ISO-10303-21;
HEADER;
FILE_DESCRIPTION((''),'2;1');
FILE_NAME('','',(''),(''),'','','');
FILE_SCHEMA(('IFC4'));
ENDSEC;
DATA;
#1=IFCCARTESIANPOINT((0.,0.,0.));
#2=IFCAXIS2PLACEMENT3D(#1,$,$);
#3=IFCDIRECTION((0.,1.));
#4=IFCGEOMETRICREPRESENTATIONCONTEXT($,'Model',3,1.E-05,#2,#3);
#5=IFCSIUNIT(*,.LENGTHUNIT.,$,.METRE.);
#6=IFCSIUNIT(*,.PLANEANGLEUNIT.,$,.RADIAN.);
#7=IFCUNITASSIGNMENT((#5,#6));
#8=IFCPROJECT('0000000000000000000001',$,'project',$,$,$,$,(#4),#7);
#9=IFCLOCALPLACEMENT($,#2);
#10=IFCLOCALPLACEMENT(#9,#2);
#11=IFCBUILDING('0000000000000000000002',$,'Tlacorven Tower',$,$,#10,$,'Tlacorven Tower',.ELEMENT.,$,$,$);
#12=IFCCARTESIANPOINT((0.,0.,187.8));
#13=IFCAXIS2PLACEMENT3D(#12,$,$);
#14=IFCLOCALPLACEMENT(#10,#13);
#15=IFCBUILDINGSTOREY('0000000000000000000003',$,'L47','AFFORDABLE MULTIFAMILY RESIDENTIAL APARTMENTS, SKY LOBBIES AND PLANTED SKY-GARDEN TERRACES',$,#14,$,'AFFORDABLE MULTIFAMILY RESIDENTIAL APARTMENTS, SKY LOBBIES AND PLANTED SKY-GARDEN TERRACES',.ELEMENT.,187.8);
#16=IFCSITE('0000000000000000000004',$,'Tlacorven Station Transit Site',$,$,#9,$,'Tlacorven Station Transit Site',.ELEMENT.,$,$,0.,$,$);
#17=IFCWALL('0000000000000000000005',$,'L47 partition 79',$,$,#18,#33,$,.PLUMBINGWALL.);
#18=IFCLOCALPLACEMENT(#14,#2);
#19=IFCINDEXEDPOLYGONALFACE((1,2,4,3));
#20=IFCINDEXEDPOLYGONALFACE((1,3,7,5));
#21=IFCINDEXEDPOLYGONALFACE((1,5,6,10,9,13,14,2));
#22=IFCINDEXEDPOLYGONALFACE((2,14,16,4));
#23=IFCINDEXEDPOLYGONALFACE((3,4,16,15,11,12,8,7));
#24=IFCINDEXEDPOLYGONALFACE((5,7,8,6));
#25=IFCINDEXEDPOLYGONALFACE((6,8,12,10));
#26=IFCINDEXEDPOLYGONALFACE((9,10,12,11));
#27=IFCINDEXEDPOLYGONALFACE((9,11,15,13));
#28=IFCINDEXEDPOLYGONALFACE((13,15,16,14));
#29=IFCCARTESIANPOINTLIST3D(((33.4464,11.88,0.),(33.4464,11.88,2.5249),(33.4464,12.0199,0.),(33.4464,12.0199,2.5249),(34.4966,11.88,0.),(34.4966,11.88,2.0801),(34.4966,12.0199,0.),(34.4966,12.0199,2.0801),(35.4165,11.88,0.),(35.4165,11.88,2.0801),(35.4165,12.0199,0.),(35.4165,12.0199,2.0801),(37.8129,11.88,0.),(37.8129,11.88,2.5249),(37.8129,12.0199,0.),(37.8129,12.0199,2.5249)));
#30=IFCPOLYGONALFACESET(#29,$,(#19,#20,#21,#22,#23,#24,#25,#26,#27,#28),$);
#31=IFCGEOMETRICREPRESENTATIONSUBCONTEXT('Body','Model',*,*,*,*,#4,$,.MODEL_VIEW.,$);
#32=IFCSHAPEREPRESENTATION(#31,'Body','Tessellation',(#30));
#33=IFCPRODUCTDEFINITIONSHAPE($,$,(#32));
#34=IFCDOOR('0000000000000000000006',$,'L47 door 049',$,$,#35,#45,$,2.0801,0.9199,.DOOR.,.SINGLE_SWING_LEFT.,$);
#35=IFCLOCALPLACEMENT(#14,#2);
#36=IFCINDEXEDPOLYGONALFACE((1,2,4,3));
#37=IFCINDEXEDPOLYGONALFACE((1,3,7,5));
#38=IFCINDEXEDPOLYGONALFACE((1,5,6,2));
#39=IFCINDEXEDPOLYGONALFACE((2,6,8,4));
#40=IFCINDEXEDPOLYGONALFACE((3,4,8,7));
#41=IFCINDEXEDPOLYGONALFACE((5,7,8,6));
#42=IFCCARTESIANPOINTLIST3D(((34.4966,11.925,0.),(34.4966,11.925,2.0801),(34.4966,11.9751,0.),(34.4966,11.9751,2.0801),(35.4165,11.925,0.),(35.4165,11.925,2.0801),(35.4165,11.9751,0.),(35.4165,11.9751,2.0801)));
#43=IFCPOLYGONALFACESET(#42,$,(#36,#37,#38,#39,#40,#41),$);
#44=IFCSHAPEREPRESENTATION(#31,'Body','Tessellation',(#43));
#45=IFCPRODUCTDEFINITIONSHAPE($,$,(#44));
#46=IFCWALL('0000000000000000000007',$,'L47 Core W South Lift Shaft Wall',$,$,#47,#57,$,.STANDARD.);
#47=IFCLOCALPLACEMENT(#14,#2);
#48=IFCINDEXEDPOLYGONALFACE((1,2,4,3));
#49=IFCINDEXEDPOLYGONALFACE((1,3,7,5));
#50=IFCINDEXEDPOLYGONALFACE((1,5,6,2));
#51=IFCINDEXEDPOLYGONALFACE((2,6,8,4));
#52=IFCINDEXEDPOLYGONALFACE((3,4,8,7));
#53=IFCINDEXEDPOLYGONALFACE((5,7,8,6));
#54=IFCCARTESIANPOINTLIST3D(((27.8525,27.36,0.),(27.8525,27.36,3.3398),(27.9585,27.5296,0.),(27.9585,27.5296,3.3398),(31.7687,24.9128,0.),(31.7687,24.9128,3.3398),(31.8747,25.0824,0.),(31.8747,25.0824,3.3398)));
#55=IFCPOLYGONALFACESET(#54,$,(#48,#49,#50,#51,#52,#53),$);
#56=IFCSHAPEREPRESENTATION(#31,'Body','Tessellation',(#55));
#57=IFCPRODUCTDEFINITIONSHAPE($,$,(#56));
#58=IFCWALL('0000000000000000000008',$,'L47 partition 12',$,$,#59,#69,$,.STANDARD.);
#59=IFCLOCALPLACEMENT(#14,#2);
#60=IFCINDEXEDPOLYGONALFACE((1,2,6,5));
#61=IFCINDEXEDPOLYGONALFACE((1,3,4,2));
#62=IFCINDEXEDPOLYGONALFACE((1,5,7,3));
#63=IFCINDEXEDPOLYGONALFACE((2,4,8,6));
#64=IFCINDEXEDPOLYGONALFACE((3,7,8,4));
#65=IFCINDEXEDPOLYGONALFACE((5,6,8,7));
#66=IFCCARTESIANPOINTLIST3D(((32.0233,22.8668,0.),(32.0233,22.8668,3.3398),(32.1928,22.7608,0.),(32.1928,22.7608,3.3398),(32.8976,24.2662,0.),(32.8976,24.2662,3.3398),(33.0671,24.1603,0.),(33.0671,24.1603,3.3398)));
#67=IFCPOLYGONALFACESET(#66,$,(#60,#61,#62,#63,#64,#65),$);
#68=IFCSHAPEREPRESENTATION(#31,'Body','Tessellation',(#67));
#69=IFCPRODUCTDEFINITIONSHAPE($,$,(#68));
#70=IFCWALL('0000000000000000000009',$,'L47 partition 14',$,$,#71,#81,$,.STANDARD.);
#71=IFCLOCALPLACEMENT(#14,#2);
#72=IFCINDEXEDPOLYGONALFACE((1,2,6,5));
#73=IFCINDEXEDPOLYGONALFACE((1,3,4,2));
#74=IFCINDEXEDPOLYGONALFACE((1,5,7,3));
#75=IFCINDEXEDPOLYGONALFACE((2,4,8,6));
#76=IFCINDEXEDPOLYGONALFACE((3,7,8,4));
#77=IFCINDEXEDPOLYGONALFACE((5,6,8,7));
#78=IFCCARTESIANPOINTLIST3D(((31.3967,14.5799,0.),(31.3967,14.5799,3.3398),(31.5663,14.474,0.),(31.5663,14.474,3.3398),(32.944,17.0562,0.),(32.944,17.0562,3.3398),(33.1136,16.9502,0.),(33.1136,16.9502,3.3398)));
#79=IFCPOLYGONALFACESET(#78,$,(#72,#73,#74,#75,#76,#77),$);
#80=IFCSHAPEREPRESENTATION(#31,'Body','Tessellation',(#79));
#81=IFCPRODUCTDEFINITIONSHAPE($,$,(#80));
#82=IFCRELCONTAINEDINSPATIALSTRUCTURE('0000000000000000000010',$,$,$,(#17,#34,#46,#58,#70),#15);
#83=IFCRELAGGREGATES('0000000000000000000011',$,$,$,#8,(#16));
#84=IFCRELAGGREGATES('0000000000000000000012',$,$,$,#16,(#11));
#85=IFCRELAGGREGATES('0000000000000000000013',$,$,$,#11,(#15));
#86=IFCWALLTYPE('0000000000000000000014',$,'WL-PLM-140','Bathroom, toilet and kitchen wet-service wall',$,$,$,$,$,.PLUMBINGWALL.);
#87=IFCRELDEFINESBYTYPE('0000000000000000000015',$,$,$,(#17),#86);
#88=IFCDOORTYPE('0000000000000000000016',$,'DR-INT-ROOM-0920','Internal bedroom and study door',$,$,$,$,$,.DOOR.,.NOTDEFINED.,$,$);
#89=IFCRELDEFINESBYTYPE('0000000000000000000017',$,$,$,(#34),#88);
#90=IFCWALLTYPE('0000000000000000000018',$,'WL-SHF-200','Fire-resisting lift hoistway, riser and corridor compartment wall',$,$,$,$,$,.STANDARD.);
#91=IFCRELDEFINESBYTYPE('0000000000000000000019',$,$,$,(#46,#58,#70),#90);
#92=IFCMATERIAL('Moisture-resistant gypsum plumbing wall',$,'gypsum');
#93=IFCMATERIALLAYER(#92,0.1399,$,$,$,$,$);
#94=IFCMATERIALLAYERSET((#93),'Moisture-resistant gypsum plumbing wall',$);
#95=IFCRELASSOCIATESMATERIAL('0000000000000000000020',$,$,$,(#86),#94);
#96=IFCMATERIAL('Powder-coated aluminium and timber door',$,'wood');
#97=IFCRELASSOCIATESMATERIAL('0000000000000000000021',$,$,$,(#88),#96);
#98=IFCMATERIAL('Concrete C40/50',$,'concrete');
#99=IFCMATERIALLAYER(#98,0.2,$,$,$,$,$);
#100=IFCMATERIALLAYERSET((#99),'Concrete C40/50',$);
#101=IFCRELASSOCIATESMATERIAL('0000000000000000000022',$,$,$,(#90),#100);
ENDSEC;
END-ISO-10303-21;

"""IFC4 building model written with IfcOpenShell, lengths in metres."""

from ifc_helpers import new_model, si_unit, direction, frame, frame_2d, origin, place, context, subcontext, project, spatial, rectangle, extrude, source, transform, mapped, material, layer, layer_set, type_object, element, fill, save


model = new_model("IFC4")

# Units and contexts
model_context = context("Model", 3, precision=1e-05, world=origin(), true_north=direction((0.0, 1.0)))
body_context = subcontext(model_context, "Body", "Model", "MODEL_VIEW")
ifc_project = project(units=[si_unit("LENGTHUNIT", "METRE"), si_unit("PLANEANGLEUNIT", "RADIAN")], contexts=[model_context])

# Site, building, storey
site_placement = place(None, origin())
site = spatial("IfcSite", under=ifc_project, at=site_placement, Name="Tlacorven Station Transit Site", LongName="Tlacorven Station Transit Site", CompositionType="ELEMENT", RefElevation=0.0)
building_placement = place(site_placement, origin())
building = spatial("IfcBuilding", under=site, at=building_placement, Name="Tlacorven Tower", LongName="Tlacorven Tower", CompositionType="ELEMENT")
storey_placement = place(building_placement, frame((0.0, 0.0, 187.8)))
storey = spatial("IfcBuildingStorey", under=building, at=storey_placement, Name="L47", Description="AFFORDABLE MULTIFAMILY RESIDENTIAL APARTMENTS, SKY LOBBIES AND PLANTED SKY-GARDEN TERRACES", LongName="AFFORDABLE MULTIFAMILY RESIDENTIAL APARTMENTS, SKY LOBBIES AND PLANTED SKY-GARDEN TERRACES", CompositionType="ELEMENT", Elevation=187.8)

# Shared definitions
ifc_material_1 = material(Name="Powder-coated aluminium and timber door", Category="wood")

# Shared definitions
ifc_material_2 = material(Name="Moisture-resistant gypsum plumbing wall", Category="gypsum")
ifc_layer_1 = layer(ifc_material_2, 0.1399)
ifc_layer_set_1 = layer_set([ifc_layer_1], Name="Moisture-resistant gypsum plumbing wall")
wall_type_1 = type_object("IfcWallType", Name="WL-PLM-140", Description="Bathroom, toilet and kitchen wet-service wall", PredefinedType="PLUMBINGWALL", material=ifc_layer_set_1)

# Wall, opening, door
wall_1_placement = place(storey_placement, frame((33.4465, 11.95, 0.0), z_axis=(0.0, 0.0, 1.0), x_axis=(1.0, 0.0, 0.0)))
wall_1 = element("IfcWall", 1, at=wall_1_placement, inside=storey, type_object=wall_type_1, Name="L47 partition 79", PredefinedType="PLUMBINGWALL", context=body_context, shape_type="SweptSolid", body=[
    extrude(rectangle(XDim=4.3665, YDim=0.1399, at=frame_2d((2.1831, 0.0))), origin(), (0.0, 0.0, 1.0), 2.5249),
])
opening_1_placement = place(wall_1_placement, frame((1.05, 0.0, 0.0)))
opening_1 = element("IfcOpeningElement", 2, at=opening_1_placement, cuts=wall_1, PredefinedType="OPENING", context=body_context, shape_type="SweptSolid", body=[
    extrude(rectangle(XDim=0.9199, YDim=2.0801, at=frame_2d((0.46, 1.04))), frame((0.0, 0.0801, 0.0), z_axis=(0.0, -1.0, 0.0), x_axis=(1.0, 0.0, 0.0)), (0.0, 0.0, 1.0), 0.1599),
])
door_type_1 = type_object("IfcDoorType", Name="DR-INT-ROOM-0920", Description="Internal bedroom and study door", OperationType="NOTDEFINED", PredefinedType="DOOR", material=ifc_material_1)
shared_shape_1 = source(origin(), body_context, "Body", "SweptSolid", [
    extrude(rectangle(XDim=0.9199, YDim=2.0801, at=frame_2d((0.46, 1.04))), frame((0.0, 0.0249, 0.0), z_axis=(0.0, -1.0, 0.0), x_axis=(1.0, 0.0, 0.0)), (0.0, 0.0, 1.0), 0.05),
])
door_1_placement = place(opening_1_placement, frame((0.9199, 0.0, 0.0), z_axis=(0.0, 0.0, 1.0), x_axis=(-1.0, 0.0, 0.0)))
door_1 = element("IfcDoor", 3, at=door_1_placement, inside=storey, type_object=door_type_1, Name="L47 door 049", OperationType="SINGLE_SWING_LEFT", OverallHeight=2.0801, OverallWidth=0.9199, PredefinedType="DOOR", context=body_context, shape_type="MappedRepresentation", body=[
    mapped(shared_shape_1, transform((0.0, 0.0, 0.0), scale=1.0)),
])
fill(opening_1, door_1)

# Wall
ifc_material_3 = material(Name="Concrete C40/50", Category="concrete")
ifc_layer_2 = layer(ifc_material_3, 0.2)
ifc_layer_set_2 = layer_set([ifc_layer_2], Name="Concrete C40/50")
wall_type_2 = type_object("IfcWallType", Name="WL-SHF-200", Description="Fire-resisting lift hoistway, riser and corridor compartment wall", PredefinedType="STANDARD", material=ifc_layer_set_2)
wall_2_placement = place(storey_placement, frame((31.8218, 24.9976, 0.0), z_axis=(0.0, 0.0, 1.0), x_axis=(-0.848037, 0.529937, 0.0)))
element("IfcWall", 4, at=wall_2_placement, inside=storey, type_object=wall_type_2, Name="L47 Core W South Lift Shaft Wall", PredefinedType="STANDARD", context=body_context, shape_type="SweptSolid", body=[
    extrude(rectangle(XDim=4.6179, YDim=0.2, at=frame_2d((2.3091, 0.0))), origin(), (0.0, 0.0, 1.0), 3.3398),
])

# Walls
wall_3_placement = place(storey_placement, frame((32.9824, 24.2134, 0.0), z_axis=(0.0, 0.0, 1.0), x_axis=(-0.529839, -0.848098, 0.0)))
element("IfcWall", 5, at=wall_3_placement, inside=storey, type_object=wall_type_2, Name="L47 partition 12", PredefinedType="STANDARD", context=body_context, shape_type="SweptSolid", body=[
    extrude(rectangle(XDim=1.6501, YDim=0.2, at=frame_2d((0.8252, 0.0))), origin(), (0.0, 0.0, 1.0), 3.3398),
])
wall_4_placement = place(storey_placement, frame((33.0288, 17.0032, 0.0), z_axis=(0.0, 0.0, 1.0), x_axis=(-0.529916, -0.84805, 0.0)))
element("IfcWall", 6, at=wall_4_placement, inside=storey, type_object=wall_type_2, Name="L47 partition 14", PredefinedType="STANDARD", context=body_context, shape_type="SweptSolid", body=[
    extrude(rectangle(XDim=2.9199, YDim=0.2, at=frame_2d((1.46, 0.0))), origin(), (0.0, 0.0, 1.0), 3.3398),
])

save(model, "model.ifc")
